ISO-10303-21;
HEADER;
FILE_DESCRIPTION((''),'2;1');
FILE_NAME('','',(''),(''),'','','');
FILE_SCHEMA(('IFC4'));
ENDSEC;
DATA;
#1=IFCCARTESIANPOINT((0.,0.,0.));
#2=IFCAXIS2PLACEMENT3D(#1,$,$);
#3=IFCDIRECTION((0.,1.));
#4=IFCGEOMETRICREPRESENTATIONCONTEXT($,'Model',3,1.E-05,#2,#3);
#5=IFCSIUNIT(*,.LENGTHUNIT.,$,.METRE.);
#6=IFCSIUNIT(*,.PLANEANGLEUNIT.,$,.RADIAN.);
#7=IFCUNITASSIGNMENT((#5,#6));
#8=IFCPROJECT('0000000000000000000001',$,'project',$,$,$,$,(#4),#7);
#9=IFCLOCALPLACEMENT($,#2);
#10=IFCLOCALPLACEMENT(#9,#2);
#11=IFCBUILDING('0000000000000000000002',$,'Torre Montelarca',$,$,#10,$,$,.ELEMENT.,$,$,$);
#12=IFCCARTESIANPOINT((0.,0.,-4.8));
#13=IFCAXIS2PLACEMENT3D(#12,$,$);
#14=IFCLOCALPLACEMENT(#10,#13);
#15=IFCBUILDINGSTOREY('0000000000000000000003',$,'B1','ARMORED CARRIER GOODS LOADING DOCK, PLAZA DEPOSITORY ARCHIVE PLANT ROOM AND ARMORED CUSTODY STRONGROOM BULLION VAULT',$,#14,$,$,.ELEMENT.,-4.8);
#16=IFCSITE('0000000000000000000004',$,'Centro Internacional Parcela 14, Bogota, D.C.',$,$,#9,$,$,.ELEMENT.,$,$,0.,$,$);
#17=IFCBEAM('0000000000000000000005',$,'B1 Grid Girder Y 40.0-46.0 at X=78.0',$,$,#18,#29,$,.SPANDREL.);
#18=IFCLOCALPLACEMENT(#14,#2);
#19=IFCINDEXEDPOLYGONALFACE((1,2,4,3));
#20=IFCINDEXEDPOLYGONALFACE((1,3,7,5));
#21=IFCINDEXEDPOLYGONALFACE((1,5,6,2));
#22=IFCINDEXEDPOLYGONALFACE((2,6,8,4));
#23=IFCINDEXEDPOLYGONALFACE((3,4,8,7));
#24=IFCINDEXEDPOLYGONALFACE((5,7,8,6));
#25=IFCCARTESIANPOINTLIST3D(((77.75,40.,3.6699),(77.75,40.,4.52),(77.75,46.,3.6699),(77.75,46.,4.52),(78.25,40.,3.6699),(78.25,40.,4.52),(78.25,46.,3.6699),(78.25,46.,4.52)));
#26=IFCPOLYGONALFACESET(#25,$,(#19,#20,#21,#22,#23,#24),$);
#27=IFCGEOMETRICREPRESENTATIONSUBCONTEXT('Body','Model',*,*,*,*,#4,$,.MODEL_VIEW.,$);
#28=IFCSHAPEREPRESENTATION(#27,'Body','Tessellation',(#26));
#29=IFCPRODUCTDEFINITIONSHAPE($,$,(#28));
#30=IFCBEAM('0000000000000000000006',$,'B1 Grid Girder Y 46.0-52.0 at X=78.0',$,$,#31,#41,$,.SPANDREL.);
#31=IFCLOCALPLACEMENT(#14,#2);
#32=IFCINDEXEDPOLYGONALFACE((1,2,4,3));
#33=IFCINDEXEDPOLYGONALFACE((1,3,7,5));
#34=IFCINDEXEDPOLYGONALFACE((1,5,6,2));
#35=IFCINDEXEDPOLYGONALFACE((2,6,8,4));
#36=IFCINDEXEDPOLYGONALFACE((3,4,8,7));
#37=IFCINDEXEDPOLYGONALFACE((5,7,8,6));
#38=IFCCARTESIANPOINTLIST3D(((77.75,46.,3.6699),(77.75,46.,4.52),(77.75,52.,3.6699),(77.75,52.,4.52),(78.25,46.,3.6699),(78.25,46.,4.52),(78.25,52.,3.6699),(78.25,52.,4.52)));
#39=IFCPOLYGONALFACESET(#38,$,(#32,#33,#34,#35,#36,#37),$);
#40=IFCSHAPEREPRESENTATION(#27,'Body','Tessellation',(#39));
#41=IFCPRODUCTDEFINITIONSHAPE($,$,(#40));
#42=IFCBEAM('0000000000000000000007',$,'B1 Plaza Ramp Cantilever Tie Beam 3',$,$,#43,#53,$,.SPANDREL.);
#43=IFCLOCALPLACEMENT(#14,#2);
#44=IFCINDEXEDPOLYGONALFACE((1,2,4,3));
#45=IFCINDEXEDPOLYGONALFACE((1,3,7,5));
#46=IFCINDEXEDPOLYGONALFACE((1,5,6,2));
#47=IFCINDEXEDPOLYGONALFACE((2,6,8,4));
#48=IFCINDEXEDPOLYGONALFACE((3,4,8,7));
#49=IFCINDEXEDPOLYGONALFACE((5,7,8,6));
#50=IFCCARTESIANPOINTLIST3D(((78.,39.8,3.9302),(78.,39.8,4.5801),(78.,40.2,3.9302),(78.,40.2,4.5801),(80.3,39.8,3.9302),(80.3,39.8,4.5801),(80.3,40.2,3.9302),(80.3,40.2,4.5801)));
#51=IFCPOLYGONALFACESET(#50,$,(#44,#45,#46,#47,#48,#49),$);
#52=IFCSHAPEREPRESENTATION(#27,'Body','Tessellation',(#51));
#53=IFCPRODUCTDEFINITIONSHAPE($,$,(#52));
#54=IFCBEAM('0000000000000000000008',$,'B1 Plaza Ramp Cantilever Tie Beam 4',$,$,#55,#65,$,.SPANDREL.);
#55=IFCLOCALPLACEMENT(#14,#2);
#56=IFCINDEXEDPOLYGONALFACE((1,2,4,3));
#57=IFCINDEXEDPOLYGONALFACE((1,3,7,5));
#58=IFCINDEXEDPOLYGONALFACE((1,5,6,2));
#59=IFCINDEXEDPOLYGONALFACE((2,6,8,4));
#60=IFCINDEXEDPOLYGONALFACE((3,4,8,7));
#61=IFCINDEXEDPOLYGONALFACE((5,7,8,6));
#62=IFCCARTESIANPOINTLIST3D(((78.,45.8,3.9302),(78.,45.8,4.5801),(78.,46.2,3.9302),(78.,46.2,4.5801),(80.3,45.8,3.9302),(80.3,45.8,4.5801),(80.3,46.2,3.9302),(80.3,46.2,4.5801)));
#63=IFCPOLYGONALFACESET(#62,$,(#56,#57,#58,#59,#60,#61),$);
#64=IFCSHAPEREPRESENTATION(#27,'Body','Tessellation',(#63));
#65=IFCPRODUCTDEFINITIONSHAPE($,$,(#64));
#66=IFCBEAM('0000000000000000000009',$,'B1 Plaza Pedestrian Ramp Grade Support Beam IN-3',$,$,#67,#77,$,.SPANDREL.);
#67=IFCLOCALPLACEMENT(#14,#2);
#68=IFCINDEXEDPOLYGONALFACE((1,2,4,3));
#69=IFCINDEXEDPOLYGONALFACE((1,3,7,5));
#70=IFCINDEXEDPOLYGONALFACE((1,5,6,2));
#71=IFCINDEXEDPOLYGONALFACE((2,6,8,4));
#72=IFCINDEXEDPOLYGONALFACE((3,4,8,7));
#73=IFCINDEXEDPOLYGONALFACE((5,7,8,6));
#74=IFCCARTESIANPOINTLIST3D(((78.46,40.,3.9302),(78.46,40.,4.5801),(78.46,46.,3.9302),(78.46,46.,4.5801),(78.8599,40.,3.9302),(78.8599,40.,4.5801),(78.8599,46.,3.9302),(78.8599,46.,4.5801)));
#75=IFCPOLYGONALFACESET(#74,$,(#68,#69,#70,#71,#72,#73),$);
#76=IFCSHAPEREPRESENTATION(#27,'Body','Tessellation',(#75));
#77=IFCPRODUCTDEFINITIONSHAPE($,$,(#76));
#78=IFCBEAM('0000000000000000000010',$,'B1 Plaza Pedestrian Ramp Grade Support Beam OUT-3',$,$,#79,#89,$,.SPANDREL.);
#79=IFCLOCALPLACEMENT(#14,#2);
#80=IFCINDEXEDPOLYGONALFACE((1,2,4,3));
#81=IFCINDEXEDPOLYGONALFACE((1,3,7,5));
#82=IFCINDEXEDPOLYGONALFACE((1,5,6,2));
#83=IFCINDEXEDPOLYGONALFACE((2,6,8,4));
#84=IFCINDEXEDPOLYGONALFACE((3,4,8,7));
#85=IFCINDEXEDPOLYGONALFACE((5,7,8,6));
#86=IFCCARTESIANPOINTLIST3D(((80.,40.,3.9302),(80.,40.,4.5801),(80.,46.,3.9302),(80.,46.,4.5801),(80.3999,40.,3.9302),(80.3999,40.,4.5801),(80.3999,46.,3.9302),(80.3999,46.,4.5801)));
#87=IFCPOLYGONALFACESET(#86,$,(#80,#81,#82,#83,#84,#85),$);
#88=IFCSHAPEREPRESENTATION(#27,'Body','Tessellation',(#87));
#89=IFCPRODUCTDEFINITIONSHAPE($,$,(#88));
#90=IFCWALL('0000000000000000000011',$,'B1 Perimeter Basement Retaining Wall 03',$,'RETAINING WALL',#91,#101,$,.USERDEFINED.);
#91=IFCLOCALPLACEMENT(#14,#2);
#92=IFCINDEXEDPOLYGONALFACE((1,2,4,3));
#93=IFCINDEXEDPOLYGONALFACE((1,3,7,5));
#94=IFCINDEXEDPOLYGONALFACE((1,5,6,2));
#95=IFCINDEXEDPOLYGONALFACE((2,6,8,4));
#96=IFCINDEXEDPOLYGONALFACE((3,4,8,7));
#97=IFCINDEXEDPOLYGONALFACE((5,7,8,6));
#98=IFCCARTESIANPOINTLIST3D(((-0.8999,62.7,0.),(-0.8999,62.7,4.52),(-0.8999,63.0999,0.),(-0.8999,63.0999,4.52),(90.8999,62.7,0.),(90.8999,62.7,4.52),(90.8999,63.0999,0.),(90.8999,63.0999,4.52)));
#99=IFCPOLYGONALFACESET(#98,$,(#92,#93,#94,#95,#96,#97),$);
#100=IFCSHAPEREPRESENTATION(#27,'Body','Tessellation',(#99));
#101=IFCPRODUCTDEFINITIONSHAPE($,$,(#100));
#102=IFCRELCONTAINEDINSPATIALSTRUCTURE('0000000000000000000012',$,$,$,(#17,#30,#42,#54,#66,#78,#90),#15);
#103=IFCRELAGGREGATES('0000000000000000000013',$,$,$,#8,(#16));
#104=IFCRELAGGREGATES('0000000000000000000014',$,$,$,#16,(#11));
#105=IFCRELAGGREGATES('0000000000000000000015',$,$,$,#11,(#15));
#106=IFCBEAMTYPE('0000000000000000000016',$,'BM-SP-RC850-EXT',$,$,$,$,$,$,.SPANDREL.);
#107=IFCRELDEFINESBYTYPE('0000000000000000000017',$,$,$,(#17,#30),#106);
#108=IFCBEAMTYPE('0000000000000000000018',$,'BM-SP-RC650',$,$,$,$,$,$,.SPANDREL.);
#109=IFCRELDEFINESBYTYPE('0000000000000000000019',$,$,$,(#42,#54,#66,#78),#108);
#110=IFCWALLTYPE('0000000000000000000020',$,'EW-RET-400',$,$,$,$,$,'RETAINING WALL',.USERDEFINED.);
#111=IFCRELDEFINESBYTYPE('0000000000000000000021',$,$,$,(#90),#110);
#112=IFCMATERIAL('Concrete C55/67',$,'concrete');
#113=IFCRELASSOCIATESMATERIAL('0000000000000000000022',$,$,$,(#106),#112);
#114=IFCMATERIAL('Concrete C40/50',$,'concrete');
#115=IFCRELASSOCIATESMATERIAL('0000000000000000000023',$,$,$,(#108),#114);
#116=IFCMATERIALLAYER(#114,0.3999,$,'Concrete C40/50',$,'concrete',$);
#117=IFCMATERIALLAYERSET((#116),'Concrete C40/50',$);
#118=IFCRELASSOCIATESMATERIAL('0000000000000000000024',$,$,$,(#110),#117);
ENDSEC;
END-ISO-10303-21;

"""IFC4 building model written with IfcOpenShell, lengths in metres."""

from ifc_helpers import new_model, si_unit, direction, frame, frame_2d, origin, origin_2d, place, context, subcontext, project, spatial, rectangle, extrude, source, transform, mapped, material, layer, layer_set, material_profile, profile_set, type_object, element, save


model = new_model("IFC4")

# Units and contexts
model_context = context("Model", 3, precision=1e-05, world=origin(), true_north=direction((0.0, 1.0)))
body_context = subcontext(model_context, "Body", "Model", "MODEL_VIEW")
ifc_project = project(units=[si_unit("LENGTHUNIT", "METRE"), si_unit("PLANEANGLEUNIT", "RADIAN")], contexts=[model_context])

# Site, building, storey
site_placement = place(None, origin())
site = spatial("IfcSite", under=ifc_project, at=site_placement, Name="Centro Internacional Parcela 14, Bogota, D.C.", CompositionType="ELEMENT", RefElevation=0.0)
building_placement = place(site_placement, origin())
building = spatial("IfcBuilding", under=site, at=building_placement, Name="Torre Montelarca", CompositionType="ELEMENT")
storey_placement = place(building_placement, frame((0.0, 0.0, -4.8)))
storey = spatial("IfcBuildingStorey", under=building, at=storey_placement, Name="B1", Description="ARMORED CARRIER GOODS LOADING DOCK, PLAZA DEPOSITORY ARCHIVE PLANT ROOM AND ARMORED CUSTODY STRONGROOM BULLION VAULT", CompositionType="ELEMENT", Elevation=-4.8)

# Beams
ifc_material_1 = material(Name="Concrete C55/67", Category="concrete")
ifc_material_profile_1 = material_profile(ifc_material_1, rectangle(XDim=0.5, YDim=0.8501, at=origin_2d()), Name="RCB500X850", Category="concrete")
ifc_profile_set_1 = profile_set([ifc_material_profile_1], Name="Concrete C55/67")
beam_type_1 = type_object("IfcBeamType", Name="BM-SP-RC850-EXT", PredefinedType="SPANDREL", material=ifc_profile_set_1)
shared_shape_1 = source(origin(), body_context, "Body", "SweptSolid", [
    extrude(rectangle(XDim=0.5, YDim=0.8501, at=origin_2d()), origin(), (0.0, 0.0, 1.0), 6.0),
])
for number, where, z_axis, x_axis, name in (
    (1, (78.0, 40.0, 4.095), (0.0, 1.0, 0.0), (-1.0, 0.0, 0.0), "B1 Grid Girder Y 40.0-46.0 at X=78.0"),
    (2, (78.0, 46.0, 4.095), (0.0, 1.0, 0.0), (-1.0, 0.0, 0.0), "B1 Grid Girder Y 46.0-52.0 at X=78.0"),
):
    element("IfcBeam", number, at=place(storey_placement, frame(where, z_axis=z_axis, x_axis=x_axis)), inside=storey, type_object=beam_type_1, Name=name, PredefinedType="SPANDREL", context=body_context, shape_type="MappedRepresentation", body=[
        mapped(shared_shape_1, transform((0.0, 0.0, 0.0), scale=1.0)),
    ])
ifc_material_2 = material(Name="Concrete C40/50", Category="concrete")
ifc_material_profile_2 = material_profile(ifc_material_2, rectangle(XDim=0.3999, YDim=0.6499, at=origin_2d()), Name="RCB400X650", Category="concrete")
ifc_profile_set_2 = profile_set([ifc_material_profile_2], Name="Concrete C40/50")
beam_type_2 = type_object("IfcBeamType", Name="BM-SP-RC650", PredefinedType="SPANDREL", material=ifc_profile_set_2)
shared_shape_2 = source(origin(), body_context, "Body", "SweptSolid", [
    extrude(rectangle(XDim=0.3999, YDim=0.6499, at=origin_2d()), origin(), (0.0, 0.0, 1.0), 2.3),
])
for number, where, z_axis, x_axis, name in (
    (3, (78.0, 40.0, 4.2551), (1.0, 0.0, 0.0), (0.0, 1.0, 0.0), "B1 Plaza Ramp Cantilever Tie Beam 3"),
    (4, (78.0, 46.0, 4.2551), (1.0, 0.0, 0.0), (0.0, 1.0, 0.0), "B1 Plaza Ramp Cantilever Tie Beam 4"),
):
    element("IfcBeam", number, at=place(storey_placement, frame(where, z_axis=z_axis, x_axis=x_axis)), inside=storey, type_object=beam_type_2, Name=name, PredefinedType="SPANDREL", context=body_context, shape_type="MappedRepresentation", body=[
        mapped(shared_shape_2, transform((0.0, 0.0, 0.0), scale=1.0)),
    ])
shared_shape_3 = source(origin(), body_context, "Body", "SweptSolid", [
    extrude(rectangle(XDim=0.3999, YDim=0.6499, at=origin_2d()), origin(), (0.0, 0.0, 1.0), 6.0),
])
for number, where, z_axis, x_axis, name in (
    (5, (78.6599, 40.0, 4.2551), (0.0, 1.0, 0.0), (-1.0, 0.0, 0.0), "B1 Plaza Pedestrian Ramp Grade Support Beam IN-3"),
    (6, (80.2, 40.0, 4.2551), (0.0, 1.0, 0.0), (-1.0, 0.0, 0.0), "B1 Plaza Pedestrian Ramp Grade Support Beam OUT-3"),
):
    element("IfcBeam", number, at=place(storey_placement, frame(where, z_axis=z_axis, x_axis=x_axis)), inside=storey, type_object=beam_type_2, Name=name, PredefinedType="SPANDREL", context=body_context, shape_type="MappedRepresentation", body=[
        mapped(shared_shape_3, transform((0.0, 0.0, 0.0), scale=1.0)),
    ])

# Wall
ifc_layer = layer(ifc_material_2, 0.3999, Name="Concrete C40/50", Category="concrete")
ifc_layer_set = layer_set([ifc_layer], Name="Concrete C40/50")
wall_type = type_object("IfcWallType", Name="EW-RET-400", ElementType="RETAINING WALL", PredefinedType="USERDEFINED", material=ifc_layer_set)
wall_placement = place(storey_placement, frame((90.8999, 62.8999, 0.0), z_axis=(0.0, 0.0, 1.0), x_axis=(-1.0, 0.0, 0.0)))
element("IfcWall", 7, at=wall_placement, inside=storey, type_object=wall_type, Name="B1 Perimeter Basement Retaining Wall 03", ObjectType="RETAINING WALL", PredefinedType="USERDEFINED", context=body_context, shape_type="SweptSolid", body=[
    extrude(rectangle(XDim=91.7998, YDim=0.3999, at=frame_2d((45.8999, 0.0))), origin(), (0.0, 0.0, 1.0), 4.52),
])

save(model, "model.ifc")
